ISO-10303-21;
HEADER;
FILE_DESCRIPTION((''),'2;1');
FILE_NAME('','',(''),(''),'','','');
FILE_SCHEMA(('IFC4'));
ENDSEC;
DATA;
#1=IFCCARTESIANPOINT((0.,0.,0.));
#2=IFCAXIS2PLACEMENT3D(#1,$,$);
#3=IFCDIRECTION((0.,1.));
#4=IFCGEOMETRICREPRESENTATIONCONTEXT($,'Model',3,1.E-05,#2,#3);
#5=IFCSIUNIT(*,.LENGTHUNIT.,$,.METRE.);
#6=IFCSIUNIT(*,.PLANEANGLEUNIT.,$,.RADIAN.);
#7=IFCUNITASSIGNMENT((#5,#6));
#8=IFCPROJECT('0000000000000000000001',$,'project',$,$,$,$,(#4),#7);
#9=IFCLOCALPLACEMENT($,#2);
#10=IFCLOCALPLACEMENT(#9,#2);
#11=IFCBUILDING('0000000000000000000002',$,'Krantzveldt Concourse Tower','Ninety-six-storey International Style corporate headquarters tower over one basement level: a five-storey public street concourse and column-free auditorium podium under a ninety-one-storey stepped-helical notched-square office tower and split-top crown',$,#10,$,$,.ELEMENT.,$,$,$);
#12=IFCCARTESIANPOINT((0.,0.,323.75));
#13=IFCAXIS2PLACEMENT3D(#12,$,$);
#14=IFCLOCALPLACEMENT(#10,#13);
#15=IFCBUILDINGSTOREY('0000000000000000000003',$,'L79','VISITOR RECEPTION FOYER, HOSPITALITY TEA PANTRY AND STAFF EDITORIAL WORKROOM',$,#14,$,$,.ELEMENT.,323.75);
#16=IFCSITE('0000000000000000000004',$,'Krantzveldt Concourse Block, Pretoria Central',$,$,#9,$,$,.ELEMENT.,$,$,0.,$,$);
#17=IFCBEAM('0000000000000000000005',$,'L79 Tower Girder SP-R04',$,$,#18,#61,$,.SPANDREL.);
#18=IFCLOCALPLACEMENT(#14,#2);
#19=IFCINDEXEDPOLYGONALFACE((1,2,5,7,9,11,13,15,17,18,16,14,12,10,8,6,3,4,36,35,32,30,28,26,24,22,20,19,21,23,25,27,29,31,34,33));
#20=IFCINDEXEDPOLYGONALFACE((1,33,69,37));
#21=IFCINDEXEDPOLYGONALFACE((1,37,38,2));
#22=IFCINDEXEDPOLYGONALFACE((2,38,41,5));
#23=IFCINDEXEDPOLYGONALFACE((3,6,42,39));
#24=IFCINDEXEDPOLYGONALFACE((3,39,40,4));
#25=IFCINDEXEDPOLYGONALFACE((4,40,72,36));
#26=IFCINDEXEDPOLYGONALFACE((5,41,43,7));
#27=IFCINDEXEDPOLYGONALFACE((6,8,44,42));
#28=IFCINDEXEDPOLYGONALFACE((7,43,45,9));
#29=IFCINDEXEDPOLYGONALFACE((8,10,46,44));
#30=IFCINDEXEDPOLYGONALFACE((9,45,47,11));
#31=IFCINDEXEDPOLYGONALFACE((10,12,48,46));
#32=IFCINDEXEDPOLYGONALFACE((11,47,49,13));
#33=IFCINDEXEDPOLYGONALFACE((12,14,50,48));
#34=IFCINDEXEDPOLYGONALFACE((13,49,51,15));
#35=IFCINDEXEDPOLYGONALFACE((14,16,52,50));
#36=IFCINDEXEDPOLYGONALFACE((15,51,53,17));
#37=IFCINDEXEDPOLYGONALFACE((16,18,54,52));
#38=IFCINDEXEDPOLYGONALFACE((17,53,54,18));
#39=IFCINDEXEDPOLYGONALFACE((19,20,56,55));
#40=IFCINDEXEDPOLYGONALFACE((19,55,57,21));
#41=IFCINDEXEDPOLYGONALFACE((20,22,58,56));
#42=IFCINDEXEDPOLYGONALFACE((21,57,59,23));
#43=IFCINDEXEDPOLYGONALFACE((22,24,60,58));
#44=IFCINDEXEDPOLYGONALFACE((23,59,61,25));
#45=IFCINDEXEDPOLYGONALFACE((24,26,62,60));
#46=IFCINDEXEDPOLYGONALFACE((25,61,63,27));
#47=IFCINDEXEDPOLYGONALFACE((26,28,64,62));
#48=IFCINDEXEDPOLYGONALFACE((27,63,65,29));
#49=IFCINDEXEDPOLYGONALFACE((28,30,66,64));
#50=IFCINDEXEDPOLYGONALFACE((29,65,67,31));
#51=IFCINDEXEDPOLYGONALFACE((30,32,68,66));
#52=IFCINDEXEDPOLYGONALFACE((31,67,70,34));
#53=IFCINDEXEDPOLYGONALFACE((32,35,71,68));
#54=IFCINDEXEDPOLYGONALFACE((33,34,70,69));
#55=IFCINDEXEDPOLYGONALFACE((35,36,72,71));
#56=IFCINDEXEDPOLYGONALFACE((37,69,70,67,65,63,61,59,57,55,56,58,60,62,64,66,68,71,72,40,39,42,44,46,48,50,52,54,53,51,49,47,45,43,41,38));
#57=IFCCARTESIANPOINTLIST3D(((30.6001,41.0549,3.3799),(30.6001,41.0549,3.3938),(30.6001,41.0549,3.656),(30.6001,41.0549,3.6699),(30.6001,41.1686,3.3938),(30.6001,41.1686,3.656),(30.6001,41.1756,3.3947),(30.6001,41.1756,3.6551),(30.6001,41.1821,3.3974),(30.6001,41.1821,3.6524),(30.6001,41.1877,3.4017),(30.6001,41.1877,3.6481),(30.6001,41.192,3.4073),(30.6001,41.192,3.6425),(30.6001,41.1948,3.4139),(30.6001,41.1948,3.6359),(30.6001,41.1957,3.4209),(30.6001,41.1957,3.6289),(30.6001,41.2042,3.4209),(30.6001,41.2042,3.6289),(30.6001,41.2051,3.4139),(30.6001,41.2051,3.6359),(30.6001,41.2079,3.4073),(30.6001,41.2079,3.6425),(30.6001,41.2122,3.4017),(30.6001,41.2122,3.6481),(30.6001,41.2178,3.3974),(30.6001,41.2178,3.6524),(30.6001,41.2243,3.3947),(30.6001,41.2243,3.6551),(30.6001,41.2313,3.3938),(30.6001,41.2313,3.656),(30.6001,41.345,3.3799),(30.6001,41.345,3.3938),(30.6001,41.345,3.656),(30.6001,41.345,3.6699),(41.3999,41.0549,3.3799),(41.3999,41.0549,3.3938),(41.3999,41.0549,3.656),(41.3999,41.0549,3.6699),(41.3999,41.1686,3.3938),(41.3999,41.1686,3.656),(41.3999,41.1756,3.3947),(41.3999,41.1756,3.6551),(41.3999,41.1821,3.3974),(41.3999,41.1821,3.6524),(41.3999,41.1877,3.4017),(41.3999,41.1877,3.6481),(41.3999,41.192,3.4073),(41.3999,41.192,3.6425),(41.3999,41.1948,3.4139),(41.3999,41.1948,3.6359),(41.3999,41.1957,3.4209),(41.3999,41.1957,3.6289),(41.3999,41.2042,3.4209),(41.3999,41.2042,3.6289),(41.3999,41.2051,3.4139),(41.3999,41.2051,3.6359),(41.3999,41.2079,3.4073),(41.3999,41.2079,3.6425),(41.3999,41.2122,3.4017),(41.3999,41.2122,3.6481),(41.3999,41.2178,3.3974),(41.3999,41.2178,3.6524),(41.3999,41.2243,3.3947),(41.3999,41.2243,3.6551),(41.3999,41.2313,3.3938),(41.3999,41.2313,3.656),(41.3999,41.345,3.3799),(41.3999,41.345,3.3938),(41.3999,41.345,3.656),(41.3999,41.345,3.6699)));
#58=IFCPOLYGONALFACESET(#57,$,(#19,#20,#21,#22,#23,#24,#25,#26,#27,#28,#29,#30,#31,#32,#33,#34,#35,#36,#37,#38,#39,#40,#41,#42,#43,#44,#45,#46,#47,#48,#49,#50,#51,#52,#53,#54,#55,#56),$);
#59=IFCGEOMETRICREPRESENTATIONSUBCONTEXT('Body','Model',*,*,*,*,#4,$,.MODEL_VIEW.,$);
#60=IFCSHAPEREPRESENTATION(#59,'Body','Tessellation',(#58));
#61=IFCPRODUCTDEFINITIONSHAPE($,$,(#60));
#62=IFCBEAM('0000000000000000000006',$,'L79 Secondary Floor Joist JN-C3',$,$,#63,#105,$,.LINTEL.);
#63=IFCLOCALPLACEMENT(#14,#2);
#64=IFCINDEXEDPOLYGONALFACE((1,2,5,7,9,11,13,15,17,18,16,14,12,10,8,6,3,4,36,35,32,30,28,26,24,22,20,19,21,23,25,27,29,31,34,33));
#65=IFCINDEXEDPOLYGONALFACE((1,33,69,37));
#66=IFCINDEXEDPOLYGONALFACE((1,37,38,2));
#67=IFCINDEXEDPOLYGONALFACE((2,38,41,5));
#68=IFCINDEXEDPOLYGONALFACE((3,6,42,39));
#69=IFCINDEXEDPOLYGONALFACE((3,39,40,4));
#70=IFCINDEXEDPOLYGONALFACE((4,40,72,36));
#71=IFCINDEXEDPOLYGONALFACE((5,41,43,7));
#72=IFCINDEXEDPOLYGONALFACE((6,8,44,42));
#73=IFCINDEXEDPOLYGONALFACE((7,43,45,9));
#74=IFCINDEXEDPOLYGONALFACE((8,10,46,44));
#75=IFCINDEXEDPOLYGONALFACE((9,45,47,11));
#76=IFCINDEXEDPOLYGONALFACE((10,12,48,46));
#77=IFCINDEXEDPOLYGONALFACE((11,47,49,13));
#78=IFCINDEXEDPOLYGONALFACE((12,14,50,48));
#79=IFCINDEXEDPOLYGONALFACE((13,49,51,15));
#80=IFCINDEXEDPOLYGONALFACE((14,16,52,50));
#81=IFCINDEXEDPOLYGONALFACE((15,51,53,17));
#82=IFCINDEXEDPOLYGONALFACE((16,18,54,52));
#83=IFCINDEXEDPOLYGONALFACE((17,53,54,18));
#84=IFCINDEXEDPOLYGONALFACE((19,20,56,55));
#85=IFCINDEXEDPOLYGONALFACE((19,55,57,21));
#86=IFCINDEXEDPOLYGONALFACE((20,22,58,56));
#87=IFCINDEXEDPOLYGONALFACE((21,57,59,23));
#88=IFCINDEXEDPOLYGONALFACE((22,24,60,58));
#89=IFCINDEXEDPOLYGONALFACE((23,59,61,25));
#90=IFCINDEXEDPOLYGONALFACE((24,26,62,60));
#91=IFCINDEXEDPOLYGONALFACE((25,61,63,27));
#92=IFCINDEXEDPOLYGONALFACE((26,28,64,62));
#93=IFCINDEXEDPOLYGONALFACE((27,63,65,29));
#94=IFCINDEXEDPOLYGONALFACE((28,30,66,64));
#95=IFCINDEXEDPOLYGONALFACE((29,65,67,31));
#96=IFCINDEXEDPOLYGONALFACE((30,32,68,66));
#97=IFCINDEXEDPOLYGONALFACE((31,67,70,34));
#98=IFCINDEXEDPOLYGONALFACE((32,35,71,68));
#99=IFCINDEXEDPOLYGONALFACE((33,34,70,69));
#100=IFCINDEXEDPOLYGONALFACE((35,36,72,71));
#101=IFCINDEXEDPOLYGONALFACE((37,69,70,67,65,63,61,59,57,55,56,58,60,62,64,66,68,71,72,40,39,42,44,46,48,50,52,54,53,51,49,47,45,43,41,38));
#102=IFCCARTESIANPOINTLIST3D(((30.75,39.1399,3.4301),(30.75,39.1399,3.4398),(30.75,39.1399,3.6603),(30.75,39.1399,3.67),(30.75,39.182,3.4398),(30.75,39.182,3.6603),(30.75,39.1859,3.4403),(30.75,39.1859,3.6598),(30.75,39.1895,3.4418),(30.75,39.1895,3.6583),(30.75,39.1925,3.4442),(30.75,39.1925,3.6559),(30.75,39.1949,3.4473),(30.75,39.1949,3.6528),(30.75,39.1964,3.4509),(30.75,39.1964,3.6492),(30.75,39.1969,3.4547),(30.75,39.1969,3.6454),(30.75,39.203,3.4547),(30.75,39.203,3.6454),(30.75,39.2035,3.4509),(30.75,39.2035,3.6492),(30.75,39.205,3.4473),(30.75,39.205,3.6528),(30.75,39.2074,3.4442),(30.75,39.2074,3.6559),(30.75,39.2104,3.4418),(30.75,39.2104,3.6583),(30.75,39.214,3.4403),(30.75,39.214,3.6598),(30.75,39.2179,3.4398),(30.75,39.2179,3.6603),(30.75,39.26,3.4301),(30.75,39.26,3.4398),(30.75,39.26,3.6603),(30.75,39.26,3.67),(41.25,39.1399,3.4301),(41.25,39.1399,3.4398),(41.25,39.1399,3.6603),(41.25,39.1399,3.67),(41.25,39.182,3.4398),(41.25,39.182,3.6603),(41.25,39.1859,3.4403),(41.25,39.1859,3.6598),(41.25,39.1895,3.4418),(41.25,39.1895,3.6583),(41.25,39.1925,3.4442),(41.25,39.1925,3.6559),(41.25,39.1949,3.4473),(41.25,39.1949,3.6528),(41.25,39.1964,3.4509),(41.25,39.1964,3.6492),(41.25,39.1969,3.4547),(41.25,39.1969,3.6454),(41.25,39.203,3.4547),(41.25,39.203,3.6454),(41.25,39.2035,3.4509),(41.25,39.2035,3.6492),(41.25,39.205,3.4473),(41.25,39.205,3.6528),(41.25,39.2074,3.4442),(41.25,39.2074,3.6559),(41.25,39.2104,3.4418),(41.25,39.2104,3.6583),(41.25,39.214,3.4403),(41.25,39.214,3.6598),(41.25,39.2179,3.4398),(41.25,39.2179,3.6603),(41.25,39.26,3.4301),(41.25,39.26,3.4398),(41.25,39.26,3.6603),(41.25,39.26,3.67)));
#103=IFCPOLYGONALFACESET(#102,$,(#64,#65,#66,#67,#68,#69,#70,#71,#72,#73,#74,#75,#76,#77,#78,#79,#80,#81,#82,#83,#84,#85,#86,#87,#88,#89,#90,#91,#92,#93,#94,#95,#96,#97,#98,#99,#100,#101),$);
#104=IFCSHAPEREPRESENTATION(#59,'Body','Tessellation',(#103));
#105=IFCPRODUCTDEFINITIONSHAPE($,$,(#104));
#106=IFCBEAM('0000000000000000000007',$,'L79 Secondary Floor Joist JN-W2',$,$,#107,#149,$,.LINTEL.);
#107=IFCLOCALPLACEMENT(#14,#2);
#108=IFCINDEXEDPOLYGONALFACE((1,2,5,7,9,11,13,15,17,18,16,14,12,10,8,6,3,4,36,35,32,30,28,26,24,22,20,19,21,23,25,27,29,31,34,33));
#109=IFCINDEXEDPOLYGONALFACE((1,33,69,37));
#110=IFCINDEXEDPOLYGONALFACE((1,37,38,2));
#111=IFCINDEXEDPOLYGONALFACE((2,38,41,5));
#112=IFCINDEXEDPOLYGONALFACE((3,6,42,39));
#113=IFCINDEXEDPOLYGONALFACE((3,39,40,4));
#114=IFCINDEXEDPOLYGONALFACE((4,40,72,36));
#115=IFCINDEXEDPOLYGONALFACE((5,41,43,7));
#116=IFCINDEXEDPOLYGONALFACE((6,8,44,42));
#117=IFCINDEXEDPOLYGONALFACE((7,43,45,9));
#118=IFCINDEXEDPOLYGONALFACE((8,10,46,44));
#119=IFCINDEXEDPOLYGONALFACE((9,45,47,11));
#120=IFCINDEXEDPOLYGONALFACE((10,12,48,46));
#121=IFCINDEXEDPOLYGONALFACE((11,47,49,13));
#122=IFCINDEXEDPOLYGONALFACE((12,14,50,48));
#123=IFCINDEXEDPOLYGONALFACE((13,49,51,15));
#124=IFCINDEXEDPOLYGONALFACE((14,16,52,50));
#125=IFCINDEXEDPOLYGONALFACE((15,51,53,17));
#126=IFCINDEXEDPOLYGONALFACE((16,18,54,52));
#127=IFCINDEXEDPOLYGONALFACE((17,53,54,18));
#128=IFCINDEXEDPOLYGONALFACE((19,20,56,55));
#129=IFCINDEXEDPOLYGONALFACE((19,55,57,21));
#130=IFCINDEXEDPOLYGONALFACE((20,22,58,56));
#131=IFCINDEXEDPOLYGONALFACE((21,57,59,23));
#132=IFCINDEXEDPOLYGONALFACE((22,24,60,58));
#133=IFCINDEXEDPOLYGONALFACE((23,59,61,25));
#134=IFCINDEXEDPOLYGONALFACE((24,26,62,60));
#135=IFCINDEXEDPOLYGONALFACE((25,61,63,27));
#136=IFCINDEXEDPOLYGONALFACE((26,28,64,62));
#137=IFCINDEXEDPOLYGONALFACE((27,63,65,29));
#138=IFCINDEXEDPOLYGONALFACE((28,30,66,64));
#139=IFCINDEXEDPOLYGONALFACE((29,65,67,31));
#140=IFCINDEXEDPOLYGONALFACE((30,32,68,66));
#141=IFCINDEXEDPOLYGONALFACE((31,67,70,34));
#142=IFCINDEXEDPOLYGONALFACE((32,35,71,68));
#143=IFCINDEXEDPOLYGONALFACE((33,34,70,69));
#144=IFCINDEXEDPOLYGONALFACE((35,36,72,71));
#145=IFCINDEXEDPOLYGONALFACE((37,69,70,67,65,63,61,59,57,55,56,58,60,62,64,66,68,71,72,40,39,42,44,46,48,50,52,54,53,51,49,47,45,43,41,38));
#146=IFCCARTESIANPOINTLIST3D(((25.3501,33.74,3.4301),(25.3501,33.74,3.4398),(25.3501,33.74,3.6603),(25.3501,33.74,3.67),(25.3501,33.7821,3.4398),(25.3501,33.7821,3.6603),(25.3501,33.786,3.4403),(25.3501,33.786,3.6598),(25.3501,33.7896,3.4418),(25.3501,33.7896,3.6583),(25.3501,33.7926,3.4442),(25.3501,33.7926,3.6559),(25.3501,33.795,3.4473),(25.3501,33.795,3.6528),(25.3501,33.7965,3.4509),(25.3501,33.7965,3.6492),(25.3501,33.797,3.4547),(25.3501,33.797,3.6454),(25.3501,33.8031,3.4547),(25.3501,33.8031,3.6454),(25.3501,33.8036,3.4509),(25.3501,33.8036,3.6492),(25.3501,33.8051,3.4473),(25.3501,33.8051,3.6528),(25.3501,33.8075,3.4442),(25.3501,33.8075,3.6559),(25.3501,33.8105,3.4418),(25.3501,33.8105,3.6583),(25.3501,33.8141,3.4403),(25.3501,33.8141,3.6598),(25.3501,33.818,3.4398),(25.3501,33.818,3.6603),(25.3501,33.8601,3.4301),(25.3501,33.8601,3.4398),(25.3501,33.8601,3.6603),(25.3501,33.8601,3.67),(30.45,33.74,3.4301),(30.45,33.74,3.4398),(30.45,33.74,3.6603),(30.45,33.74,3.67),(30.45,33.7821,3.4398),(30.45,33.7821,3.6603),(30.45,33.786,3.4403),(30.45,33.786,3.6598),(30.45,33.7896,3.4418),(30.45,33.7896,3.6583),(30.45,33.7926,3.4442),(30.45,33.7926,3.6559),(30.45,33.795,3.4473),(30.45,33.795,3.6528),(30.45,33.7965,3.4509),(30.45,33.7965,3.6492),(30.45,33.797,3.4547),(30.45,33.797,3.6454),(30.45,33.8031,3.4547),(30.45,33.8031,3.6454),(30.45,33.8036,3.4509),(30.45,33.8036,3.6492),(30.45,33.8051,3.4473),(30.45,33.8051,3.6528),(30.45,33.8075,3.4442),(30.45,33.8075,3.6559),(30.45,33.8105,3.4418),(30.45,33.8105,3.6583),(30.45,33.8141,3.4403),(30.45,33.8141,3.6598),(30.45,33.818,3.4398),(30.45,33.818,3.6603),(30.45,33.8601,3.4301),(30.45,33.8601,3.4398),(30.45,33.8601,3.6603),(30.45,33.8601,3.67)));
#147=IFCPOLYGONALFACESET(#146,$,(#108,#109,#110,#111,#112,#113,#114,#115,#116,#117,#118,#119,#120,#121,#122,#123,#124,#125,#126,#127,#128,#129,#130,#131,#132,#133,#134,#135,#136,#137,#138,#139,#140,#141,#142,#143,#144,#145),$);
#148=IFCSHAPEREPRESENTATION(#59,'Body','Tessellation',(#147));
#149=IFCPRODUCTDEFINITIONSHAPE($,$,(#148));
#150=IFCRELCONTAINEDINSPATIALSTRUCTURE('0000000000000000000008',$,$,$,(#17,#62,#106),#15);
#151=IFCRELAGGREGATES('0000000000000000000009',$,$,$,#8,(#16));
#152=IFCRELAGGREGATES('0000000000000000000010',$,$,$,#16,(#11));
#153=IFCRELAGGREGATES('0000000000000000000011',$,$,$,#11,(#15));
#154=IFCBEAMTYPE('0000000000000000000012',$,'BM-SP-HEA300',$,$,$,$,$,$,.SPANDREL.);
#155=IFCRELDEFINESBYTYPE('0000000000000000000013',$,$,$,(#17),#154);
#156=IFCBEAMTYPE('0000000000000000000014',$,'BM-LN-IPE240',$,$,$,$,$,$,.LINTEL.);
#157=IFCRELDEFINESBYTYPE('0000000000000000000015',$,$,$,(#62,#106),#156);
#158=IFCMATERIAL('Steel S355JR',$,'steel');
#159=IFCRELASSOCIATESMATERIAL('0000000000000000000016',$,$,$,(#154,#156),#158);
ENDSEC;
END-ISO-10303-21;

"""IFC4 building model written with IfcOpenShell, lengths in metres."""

from ifc_helpers import new_model, si_unit, direction, frame, origin, origin_2d, place, context, subcontext, project, spatial, i_section, extrude, source, transform, mapped, material, material_profile, profile_set, type_object, type_shapes, element, save


model = new_model("IFC4")

# Units and contexts
model_context = context("Model", 3, precision=1e-05, world=origin(), true_north=direction((0.0, 1.0)))
body_context = subcontext(model_context, "Body", "Model", "MODEL_VIEW")
ifc_project = project(units=[si_unit("LENGTHUNIT", "METRE"), si_unit("PLANEANGLEUNIT", "RADIAN")], contexts=[model_context])

# Site, building, storey
site_placement = place(None, origin())
site = spatial("IfcSite", under=ifc_project, at=site_placement, Name="Krantzveldt Concourse Block, Pretoria Central", CompositionType="ELEMENT", RefElevation=0.0)
building_placement = place(site_placement, origin())
building = spatial("IfcBuilding", under=site, at=building_placement, Name="Krantzveldt Concourse Tower", Description="Ninety-six-storey International Style corporate headquarters tower over one basement level: a five-storey public street concourse and column-free auditorium podium under a ninety-one-storey stepped-helical notched-square office tower and split-top crown", CompositionType="ELEMENT")
storey_placement = place(building_placement, frame((0.0, 0.0, 323.75)))
storey = spatial("IfcBuildingStorey", under=building, at=storey_placement, Name="L79", Description="VISITOR RECEPTION FOYER, HOSPITALITY TEA PANTRY AND STAFF EDITORIAL WORKROOM", CompositionType="ELEMENT", Elevation=323.75)

# Beams
ifc_material_1 = material(Name="Steel S355JR", Category="steel")
ifc_material_profile_1 = material_profile(ifc_material_1, i_section(OverallWidth=0.29, OverallDepth=0.29, WebThickness=0.0085, FlangeThickness=0.0139, FilletRadius=0.0271, at=origin_2d()), Name="Steel S355JR", Category="steel")
ifc_profile_set_1 = profile_set([ifc_material_profile_1], Name="Steel S355JR - HEA 300")
beam_type_1 = type_object("IfcBeamType", Name="BM-SP-HEA300", PredefinedType="SPANDREL", material=ifc_profile_set_1)
shared_shape_1 = source(origin(), body_context, "Body", "SweptSolid", [
    extrude(i_section(OverallWidth=0.29, OverallDepth=0.29, WebThickness=0.0085, FlangeThickness=0.0139, FilletRadius=0.0271, at=origin_2d()), origin(), (0.0, 0.0, 1.0), 10.7998),
])
beam_1_placement = place(storey_placement, frame((30.6001, 41.2, 3.5249), z_axis=(1.0, 0.0, 0.0), x_axis=(0.0, 1.0, 0.0)))
element("IfcBeam", 1, at=beam_1_placement, inside=storey, type_object=beam_type_1, Name="L79 Tower Girder SP-R04", PredefinedType="SPANDREL", context=body_context, shape_type="MappedRepresentation", body=[
    mapped(shared_shape_1, transform((0.0, 0.0, 0.0), x_axis=(1.0, 0.0, 0.0), y_axis=(0.0, 1.0, 0.0), z_axis=(0.0, 0.0, 1.0), scale=1.0)),
])
ifc_material_profile_2 = material_profile(ifc_material_1, i_section(OverallWidth=0.1201, OverallDepth=0.24, WebThickness=0.0061, FlangeThickness=0.0098, FilletRadius=0.0149, at=origin_2d()), Name="Steel S355JR", Category="steel")
ifc_profile_set_2 = profile_set([ifc_material_profile_2], Name="Steel S355JR - IPE 240")
beam_type_2 = type_object("IfcBeamType", Name="BM-LN-IPE240", PredefinedType="LINTEL", material=ifc_profile_set_2)
shared_shape_2 = source(origin(), body_context, "Body", "SweptSolid", [
    extrude(i_section(OverallWidth=0.1201, OverallDepth=0.24, WebThickness=0.0061, FlangeThickness=0.0098, FilletRadius=0.0149, at=origin_2d()), origin(), (0.0, 0.0, 1.0), 10.5),
])
beam_2_placement = place(storey_placement, frame((30.75, 39.2, 3.55), z_axis=(1.0, 0.0, 0.0), x_axis=(0.0, 1.0, 0.0)))
element("IfcBeam", 2, at=beam_2_placement, inside=storey, type_object=beam_type_2, Name="L79 Secondary Floor Joist JN-C3", PredefinedType="LINTEL", context=body_context, shape_type="MappedRepresentation", body=[
    mapped(shared_shape_2, transform((0.0, 0.0, 0.0), x_axis=(1.0, 0.0, 0.0), y_axis=(0.0, 1.0, 0.0), z_axis=(0.0, 0.0, 1.0), scale=1.0)),
])
shared_shape_3 = source(origin(), body_context, "Body", "SweptSolid", [
    extrude(i_section(OverallWidth=0.1201, OverallDepth=0.24, WebThickness=0.0061, FlangeThickness=0.0098, FilletRadius=0.0149, at=origin_2d()), origin(), (0.0, 0.0, 1.0), 5.0999),
])
type_shapes(beam_type_2, [shared_shape_2, shared_shape_3])
beam_3_placement = place(storey_placement, frame((25.3501, 33.8, 3.55), z_axis=(1.0, 0.0, 0.0), x_axis=(0.0, 1.0, 0.0)))
element("IfcBeam", 3, at=beam_3_placement, inside=storey, type_object=beam_type_2, Name="L79 Secondary Floor Joist JN-W2", PredefinedType="LINTEL", context=body_context, shape_type="MappedRepresentation", body=[
    mapped(shared_shape_3, transform((0.0, 0.0, 0.0), x_axis=(1.0, 0.0, 0.0), y_axis=(0.0, 1.0, 0.0), z_axis=(0.0, 0.0, 1.0), scale=1.0)),
])

save(model, "model.ifc")
